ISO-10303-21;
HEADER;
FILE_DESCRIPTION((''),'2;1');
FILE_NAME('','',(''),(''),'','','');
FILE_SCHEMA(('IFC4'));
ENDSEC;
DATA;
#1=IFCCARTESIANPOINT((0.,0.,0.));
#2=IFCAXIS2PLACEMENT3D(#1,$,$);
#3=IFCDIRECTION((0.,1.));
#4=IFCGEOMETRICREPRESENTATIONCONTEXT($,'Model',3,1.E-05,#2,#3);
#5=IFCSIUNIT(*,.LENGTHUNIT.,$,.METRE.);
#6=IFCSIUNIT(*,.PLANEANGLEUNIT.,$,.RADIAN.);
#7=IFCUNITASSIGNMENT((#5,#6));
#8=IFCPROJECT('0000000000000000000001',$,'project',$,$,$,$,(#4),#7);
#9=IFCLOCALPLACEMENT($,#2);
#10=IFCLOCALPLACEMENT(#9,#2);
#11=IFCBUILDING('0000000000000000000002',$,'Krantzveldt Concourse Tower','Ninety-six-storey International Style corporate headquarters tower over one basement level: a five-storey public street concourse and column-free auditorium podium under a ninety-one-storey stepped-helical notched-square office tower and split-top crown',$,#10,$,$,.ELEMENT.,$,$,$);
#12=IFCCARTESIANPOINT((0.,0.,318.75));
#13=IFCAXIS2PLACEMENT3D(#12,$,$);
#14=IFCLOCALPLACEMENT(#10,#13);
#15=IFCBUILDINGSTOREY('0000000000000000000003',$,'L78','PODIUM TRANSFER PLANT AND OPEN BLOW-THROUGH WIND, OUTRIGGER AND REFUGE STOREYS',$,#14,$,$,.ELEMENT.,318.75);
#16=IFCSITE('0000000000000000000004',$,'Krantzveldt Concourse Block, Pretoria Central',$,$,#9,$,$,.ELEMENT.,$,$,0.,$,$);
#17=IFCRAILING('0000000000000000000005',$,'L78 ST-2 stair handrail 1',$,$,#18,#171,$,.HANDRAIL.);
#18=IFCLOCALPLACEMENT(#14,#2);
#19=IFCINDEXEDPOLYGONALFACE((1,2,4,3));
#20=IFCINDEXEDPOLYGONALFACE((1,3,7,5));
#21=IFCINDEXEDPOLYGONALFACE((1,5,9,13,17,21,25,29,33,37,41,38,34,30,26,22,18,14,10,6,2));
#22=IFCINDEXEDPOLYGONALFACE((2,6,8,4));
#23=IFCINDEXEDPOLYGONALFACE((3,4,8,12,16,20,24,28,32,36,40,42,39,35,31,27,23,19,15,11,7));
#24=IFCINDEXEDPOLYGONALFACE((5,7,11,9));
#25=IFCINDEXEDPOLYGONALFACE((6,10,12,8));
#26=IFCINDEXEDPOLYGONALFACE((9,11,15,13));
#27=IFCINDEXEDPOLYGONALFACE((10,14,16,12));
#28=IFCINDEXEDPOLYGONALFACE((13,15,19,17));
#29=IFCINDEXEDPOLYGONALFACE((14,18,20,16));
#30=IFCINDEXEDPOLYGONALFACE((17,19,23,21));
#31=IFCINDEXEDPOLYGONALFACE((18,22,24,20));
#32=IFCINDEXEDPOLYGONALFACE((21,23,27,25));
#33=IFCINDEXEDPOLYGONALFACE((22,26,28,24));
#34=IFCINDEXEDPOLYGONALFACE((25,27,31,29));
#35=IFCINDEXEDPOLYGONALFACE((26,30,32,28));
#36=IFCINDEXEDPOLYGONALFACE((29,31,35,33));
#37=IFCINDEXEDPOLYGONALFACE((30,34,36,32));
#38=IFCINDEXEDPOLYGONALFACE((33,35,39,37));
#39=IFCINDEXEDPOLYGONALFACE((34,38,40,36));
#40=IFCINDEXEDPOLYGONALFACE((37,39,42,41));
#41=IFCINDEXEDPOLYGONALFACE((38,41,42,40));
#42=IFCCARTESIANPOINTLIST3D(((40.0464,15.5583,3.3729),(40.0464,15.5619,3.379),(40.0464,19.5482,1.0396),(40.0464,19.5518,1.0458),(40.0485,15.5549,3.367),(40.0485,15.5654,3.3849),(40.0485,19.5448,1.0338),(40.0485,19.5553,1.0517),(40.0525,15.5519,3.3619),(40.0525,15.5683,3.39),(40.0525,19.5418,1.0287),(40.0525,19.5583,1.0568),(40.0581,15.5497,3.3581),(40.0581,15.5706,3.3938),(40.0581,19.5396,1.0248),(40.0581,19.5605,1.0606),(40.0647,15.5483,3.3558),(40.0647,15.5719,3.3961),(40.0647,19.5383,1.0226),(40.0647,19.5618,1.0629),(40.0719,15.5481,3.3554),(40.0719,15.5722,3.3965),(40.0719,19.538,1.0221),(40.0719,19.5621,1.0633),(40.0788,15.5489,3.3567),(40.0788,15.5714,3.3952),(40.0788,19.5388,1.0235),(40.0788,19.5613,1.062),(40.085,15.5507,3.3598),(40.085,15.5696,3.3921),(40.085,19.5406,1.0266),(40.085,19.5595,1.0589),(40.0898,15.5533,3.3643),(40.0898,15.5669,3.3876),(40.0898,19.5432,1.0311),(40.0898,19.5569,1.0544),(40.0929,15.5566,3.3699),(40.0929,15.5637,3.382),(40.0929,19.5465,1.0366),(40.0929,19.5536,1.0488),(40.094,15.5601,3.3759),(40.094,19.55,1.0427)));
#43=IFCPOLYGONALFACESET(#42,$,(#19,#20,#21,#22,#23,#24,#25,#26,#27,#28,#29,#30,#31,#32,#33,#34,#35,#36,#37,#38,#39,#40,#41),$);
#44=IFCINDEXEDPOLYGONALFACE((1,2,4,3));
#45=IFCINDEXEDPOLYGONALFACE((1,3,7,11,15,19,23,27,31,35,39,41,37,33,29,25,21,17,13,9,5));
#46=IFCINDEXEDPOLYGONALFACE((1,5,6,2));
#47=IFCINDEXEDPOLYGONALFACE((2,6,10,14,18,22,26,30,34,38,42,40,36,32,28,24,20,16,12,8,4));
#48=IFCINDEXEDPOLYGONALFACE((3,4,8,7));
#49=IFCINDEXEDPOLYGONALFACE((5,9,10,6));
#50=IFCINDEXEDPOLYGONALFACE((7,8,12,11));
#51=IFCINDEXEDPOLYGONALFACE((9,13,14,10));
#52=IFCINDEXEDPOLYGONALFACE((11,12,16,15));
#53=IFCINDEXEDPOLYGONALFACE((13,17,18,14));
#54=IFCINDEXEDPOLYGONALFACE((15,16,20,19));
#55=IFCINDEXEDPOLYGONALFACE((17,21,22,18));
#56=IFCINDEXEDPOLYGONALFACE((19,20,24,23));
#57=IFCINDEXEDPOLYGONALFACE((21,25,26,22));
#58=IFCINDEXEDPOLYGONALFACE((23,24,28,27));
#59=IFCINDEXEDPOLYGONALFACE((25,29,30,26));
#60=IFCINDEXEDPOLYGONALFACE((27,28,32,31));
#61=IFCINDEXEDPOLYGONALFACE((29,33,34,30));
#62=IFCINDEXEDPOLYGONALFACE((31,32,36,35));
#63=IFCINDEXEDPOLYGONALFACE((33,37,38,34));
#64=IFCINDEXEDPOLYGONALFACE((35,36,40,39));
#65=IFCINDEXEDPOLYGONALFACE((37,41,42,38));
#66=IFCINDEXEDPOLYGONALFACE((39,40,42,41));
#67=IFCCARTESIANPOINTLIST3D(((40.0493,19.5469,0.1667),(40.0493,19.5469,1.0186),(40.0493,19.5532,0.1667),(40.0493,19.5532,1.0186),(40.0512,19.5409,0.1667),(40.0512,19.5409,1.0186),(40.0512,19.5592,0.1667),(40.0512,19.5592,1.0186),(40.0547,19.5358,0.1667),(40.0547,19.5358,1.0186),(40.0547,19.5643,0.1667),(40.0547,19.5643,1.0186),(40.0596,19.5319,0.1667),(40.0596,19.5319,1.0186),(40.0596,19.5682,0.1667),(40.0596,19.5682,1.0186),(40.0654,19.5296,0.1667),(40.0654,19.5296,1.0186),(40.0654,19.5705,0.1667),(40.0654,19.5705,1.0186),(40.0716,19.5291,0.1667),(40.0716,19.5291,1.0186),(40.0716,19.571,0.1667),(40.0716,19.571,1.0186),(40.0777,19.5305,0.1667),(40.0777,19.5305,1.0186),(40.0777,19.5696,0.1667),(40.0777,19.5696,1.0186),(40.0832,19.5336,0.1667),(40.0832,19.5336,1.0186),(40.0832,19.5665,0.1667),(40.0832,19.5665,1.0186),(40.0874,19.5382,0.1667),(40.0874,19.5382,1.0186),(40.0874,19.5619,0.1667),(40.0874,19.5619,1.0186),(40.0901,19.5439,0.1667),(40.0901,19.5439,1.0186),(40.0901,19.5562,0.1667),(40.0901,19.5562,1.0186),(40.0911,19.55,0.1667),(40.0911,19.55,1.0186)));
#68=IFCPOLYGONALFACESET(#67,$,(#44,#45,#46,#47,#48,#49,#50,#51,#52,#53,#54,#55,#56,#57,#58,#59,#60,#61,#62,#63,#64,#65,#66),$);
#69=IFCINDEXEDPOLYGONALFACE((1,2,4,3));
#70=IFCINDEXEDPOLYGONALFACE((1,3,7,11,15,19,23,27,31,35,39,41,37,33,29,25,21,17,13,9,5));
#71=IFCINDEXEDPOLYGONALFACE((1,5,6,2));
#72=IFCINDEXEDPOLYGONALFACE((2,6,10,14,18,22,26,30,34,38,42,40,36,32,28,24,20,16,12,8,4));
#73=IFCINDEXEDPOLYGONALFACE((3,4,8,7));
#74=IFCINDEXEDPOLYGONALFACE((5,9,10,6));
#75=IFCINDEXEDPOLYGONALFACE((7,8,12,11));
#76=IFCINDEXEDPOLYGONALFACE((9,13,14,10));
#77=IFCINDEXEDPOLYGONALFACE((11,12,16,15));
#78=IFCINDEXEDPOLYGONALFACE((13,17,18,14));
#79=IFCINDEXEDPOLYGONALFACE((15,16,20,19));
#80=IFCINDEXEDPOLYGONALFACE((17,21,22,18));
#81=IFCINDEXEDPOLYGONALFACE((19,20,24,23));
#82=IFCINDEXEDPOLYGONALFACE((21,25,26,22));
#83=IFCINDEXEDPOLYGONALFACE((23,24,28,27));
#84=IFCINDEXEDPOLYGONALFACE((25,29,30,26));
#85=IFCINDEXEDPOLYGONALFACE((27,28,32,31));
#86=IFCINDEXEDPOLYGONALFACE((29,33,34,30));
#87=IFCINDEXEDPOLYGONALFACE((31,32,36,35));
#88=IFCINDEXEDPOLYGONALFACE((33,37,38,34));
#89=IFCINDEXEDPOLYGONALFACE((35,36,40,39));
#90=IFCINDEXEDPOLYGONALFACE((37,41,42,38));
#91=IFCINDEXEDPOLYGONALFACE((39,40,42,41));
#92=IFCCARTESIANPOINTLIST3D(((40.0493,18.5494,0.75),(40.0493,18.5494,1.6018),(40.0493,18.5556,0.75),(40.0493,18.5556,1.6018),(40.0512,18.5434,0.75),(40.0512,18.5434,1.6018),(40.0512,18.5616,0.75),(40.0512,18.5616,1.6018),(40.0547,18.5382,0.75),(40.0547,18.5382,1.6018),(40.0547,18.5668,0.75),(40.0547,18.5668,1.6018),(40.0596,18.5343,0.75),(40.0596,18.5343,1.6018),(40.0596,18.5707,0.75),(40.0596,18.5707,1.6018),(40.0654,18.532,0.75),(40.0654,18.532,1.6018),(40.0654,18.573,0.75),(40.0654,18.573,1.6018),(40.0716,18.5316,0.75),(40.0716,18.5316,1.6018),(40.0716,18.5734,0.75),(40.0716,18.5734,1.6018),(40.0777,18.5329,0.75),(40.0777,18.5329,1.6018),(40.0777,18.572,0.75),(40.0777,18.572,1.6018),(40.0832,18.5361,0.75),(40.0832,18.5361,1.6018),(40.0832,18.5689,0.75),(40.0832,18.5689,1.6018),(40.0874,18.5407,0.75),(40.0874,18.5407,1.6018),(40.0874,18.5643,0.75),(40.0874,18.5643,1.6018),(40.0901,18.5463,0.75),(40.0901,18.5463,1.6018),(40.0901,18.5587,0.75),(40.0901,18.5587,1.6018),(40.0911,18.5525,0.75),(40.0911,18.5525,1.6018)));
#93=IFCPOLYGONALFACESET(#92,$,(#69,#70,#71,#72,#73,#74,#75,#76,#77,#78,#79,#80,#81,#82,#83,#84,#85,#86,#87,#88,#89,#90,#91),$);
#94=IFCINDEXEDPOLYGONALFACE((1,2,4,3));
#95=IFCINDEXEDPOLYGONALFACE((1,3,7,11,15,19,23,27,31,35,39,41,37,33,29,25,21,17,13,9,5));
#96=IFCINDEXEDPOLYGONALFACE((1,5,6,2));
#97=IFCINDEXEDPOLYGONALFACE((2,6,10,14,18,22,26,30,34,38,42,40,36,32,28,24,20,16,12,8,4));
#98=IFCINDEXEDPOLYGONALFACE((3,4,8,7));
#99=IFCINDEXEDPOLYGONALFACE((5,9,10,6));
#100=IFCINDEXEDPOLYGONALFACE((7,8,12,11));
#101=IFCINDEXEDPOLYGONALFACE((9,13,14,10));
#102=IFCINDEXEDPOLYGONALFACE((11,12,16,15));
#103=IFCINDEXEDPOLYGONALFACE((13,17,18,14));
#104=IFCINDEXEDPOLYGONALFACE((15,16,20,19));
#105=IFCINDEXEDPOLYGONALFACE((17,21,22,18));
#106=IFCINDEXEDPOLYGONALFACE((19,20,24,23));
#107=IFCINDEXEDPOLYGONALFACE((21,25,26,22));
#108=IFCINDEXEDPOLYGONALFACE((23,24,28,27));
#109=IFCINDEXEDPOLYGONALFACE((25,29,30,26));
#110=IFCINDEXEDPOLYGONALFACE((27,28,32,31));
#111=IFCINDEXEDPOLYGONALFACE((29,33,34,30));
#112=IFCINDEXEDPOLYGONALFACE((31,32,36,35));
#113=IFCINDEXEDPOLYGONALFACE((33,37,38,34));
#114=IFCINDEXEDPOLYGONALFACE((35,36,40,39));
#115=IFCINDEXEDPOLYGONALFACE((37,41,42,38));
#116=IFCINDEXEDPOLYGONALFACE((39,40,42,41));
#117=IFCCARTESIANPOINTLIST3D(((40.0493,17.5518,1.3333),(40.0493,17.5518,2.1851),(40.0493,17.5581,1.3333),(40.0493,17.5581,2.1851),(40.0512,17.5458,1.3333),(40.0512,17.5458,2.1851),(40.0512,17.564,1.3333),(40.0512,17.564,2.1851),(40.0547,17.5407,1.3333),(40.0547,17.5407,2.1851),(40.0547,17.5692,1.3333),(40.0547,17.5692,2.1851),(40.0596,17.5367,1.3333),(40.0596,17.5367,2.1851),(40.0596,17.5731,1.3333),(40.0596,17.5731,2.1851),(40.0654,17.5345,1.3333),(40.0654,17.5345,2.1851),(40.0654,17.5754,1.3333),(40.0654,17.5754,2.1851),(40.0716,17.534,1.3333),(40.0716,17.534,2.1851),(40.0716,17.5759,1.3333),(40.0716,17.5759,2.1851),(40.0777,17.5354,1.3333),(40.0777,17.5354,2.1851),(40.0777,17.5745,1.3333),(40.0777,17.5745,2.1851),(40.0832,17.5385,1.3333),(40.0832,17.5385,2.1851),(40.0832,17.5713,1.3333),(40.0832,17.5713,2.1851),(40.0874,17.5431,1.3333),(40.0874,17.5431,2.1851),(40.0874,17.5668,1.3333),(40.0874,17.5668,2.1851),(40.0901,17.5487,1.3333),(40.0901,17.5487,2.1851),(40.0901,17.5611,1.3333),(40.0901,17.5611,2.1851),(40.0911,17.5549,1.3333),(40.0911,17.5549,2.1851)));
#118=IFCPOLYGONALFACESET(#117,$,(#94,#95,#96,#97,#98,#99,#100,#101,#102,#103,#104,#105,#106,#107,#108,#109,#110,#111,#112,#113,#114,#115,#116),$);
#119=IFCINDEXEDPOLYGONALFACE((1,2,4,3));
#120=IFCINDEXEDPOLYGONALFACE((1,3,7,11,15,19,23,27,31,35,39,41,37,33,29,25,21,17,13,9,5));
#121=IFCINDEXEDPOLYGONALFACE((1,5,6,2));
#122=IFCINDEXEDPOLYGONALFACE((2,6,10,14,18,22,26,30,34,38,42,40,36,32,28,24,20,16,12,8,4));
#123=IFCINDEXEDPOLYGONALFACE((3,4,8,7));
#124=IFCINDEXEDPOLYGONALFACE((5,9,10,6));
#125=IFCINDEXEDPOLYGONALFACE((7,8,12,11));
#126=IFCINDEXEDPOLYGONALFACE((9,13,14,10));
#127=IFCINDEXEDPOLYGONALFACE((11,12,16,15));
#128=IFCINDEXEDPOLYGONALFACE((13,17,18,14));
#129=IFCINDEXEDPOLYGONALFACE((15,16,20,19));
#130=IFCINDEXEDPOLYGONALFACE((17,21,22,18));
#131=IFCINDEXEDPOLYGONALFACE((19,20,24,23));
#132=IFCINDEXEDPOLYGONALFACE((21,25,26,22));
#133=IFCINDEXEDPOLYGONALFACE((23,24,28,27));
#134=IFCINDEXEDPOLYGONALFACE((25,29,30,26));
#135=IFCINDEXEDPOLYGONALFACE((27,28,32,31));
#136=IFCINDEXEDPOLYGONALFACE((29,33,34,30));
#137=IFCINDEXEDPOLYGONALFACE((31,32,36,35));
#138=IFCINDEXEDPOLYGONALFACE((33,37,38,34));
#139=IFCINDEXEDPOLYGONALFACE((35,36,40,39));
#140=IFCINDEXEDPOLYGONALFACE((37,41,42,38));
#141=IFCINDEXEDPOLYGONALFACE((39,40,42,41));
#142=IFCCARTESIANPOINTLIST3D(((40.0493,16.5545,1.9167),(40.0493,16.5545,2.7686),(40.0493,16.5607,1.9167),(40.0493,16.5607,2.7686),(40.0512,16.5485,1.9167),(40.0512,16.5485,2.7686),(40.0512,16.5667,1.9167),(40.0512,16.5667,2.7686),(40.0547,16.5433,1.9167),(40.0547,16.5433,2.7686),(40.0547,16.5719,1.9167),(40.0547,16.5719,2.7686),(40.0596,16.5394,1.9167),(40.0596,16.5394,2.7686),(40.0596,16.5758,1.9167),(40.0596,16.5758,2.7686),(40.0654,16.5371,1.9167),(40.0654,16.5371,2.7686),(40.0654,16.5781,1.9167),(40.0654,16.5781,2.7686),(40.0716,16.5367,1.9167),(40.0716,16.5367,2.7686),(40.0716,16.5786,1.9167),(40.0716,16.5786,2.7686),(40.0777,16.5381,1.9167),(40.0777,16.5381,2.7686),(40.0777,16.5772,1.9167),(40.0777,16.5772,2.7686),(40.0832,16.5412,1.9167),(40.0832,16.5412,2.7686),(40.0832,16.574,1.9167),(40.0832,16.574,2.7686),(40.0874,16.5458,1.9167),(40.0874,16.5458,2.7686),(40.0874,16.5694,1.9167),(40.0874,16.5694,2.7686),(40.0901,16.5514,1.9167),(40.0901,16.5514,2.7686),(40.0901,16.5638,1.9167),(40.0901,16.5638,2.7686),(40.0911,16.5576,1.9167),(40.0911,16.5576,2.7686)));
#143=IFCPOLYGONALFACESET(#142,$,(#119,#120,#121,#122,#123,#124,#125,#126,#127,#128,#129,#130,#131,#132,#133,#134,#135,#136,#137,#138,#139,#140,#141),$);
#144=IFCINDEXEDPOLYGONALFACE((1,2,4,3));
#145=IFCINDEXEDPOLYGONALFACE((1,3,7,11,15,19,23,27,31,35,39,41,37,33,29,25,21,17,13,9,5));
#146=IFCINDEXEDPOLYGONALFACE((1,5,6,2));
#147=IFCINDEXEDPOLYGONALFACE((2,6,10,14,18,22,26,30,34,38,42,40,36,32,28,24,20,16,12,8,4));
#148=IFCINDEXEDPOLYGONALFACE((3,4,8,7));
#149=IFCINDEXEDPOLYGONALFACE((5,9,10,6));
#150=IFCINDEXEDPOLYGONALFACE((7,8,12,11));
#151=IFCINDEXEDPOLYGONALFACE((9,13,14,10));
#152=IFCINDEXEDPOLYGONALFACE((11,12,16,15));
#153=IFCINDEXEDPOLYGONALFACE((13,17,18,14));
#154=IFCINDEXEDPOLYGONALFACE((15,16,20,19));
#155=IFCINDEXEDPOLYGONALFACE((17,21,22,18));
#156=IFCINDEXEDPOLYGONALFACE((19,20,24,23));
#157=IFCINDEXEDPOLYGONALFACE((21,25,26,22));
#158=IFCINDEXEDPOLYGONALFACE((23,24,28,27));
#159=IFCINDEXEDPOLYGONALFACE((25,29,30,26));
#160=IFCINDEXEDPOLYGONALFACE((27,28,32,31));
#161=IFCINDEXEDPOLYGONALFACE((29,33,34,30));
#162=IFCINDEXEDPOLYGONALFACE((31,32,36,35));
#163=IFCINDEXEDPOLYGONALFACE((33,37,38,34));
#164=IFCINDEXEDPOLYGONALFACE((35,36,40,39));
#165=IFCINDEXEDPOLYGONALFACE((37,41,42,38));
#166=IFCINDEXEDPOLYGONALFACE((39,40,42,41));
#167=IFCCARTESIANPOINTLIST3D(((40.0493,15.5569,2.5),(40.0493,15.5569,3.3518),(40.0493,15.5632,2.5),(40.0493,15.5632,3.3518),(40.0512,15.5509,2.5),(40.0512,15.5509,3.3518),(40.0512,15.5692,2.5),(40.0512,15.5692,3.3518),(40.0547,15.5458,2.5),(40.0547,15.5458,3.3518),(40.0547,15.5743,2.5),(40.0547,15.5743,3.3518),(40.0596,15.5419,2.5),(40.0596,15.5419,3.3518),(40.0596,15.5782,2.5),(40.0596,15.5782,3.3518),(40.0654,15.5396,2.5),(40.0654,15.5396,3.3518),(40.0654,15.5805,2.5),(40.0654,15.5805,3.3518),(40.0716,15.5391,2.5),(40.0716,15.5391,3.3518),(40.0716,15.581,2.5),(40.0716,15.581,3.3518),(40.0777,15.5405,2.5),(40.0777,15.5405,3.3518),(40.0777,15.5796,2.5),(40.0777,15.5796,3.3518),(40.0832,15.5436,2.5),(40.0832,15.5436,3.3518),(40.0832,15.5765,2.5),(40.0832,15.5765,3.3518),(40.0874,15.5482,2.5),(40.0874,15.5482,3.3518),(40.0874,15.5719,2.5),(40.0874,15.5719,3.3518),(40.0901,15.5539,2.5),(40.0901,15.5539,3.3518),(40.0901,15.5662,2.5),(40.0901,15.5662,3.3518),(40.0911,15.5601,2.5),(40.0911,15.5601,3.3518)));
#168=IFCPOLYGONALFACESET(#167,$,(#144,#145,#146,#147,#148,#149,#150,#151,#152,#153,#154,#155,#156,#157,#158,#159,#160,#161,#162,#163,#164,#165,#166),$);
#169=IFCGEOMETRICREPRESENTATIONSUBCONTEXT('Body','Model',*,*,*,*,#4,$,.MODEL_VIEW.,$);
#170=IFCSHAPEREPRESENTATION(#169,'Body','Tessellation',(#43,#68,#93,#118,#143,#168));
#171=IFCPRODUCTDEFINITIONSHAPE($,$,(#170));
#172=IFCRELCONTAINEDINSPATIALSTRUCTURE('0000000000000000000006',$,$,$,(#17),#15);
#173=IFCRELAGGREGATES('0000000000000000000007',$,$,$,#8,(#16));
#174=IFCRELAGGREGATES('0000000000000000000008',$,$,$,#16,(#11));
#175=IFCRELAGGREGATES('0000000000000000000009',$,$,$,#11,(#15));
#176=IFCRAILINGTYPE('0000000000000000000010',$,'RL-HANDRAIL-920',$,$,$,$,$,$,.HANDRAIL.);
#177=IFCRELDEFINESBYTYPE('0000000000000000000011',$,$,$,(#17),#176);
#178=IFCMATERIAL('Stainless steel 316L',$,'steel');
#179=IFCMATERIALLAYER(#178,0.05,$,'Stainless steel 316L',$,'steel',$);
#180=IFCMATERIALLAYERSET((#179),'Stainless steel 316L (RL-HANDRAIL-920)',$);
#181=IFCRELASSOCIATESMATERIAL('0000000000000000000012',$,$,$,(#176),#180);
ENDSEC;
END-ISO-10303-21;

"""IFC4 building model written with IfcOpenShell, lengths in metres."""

from ifc_helpers import new_model, si_unit, direction, frame, origin, origin_2d, place, context, subcontext, project, spatial, circle, extrude, material, layer, layer_set, type_object, element, save


model = new_model("IFC4")

# Units and contexts
model_context = context("Model", 3, precision=1e-05, world=origin(), true_north=direction((0.0, 1.0)))
body_context = subcontext(model_context, "Body", "Model", "MODEL_VIEW")
ifc_project = project(units=[si_unit("LENGTHUNIT", "METRE"), si_unit("PLANEANGLEUNIT", "RADIAN")], contexts=[model_context])

# Site, building, storey
site_placement = place(None, origin())
site = spatial("IfcSite", under=ifc_project, at=site_placement, Name="Krantzveldt Concourse Block, Pretoria Central", CompositionType="ELEMENT", RefElevation=0.0)
building_placement = place(site_placement, origin())
building = spatial("IfcBuilding", under=site, at=building_placement, Name="Krantzveldt Concourse Tower", Description="Ninety-six-storey International Style corporate headquarters tower over one basement level: a five-storey public street concourse and column-free auditorium podium under a ninety-one-storey stepped-helical notched-square office tower and split-top crown", CompositionType="ELEMENT")
storey_placement = place(building_placement, frame((0.0, 0.0, 318.75)))
storey = spatial("IfcBuildingStorey", under=building, at=storey_placement, Name="L78", Description="PODIUM TRANSFER PLANT AND OPEN BLOW-THROUGH WIND, OUTRIGGER AND REFUGE STOREYS", CompositionType="ELEMENT", Elevation=318.75)

# Shared definitions
ifc_material_1 = material(Name="Stainless steel 316L", Category="steel")

# Railing
ifc_layer_1 = layer(ifc_material_1, 0.05, Name="Stainless steel 316L", Category="steel")
ifc_layer_set_1 = layer_set([ifc_layer_1], Name="Stainless steel 316L (RL-HANDRAIL-920)")
railing_type_1 = type_object("IfcRailingType", Name="RL-HANDRAIL-920", PredefinedType="HANDRAIL", material=ifc_layer_set_1)
railing_1_placement = place(storey_placement, frame((40.0701, 19.55, 0.1667)))
element("IfcRailing", 1, at=railing_1_placement, inside=storey, type_object=railing_type_1, Name="L78 ST-2 stair handrail 1", PredefinedType="HANDRAIL", context=body_context, shape_type="SweptSolid", body=[
    extrude(circle(Radius=0.0239, at=origin_2d()), frame((0.0, 0.0, 0.876), z_axis=(0.0, -0.863236, 0.5048), x_axis=(1.0, 0.0, 0.0)), (0.0, 0.0, 1.0), 4.6221),
    extrude(circle(Radius=0.021, at=origin_2d()), origin(), (0.0, 0.0, 1.0), 0.8518),
    extrude(circle(Radius=0.021, at=origin_2d()), frame((0.0, -0.9976, 0.5833)), (0.0, 0.0, 1.0), 0.8518),
    extrude(circle(Radius=0.021, at=origin_2d()), frame((0.0, -1.9951, 1.1665)), (0.0, 0.0, 1.0), 0.8518),
    extrude(circle(Radius=0.021, at=origin_2d()), frame((0.0, -2.9924, 1.75)), (0.0, 0.0, 1.0), 0.8518),
    extrude(circle(Radius=0.021, at=origin_2d()), frame((0.0, -3.99, 2.3333)), (0.0, 0.0, 1.0), 0.8518),
])

save(model, "model.ifc")
